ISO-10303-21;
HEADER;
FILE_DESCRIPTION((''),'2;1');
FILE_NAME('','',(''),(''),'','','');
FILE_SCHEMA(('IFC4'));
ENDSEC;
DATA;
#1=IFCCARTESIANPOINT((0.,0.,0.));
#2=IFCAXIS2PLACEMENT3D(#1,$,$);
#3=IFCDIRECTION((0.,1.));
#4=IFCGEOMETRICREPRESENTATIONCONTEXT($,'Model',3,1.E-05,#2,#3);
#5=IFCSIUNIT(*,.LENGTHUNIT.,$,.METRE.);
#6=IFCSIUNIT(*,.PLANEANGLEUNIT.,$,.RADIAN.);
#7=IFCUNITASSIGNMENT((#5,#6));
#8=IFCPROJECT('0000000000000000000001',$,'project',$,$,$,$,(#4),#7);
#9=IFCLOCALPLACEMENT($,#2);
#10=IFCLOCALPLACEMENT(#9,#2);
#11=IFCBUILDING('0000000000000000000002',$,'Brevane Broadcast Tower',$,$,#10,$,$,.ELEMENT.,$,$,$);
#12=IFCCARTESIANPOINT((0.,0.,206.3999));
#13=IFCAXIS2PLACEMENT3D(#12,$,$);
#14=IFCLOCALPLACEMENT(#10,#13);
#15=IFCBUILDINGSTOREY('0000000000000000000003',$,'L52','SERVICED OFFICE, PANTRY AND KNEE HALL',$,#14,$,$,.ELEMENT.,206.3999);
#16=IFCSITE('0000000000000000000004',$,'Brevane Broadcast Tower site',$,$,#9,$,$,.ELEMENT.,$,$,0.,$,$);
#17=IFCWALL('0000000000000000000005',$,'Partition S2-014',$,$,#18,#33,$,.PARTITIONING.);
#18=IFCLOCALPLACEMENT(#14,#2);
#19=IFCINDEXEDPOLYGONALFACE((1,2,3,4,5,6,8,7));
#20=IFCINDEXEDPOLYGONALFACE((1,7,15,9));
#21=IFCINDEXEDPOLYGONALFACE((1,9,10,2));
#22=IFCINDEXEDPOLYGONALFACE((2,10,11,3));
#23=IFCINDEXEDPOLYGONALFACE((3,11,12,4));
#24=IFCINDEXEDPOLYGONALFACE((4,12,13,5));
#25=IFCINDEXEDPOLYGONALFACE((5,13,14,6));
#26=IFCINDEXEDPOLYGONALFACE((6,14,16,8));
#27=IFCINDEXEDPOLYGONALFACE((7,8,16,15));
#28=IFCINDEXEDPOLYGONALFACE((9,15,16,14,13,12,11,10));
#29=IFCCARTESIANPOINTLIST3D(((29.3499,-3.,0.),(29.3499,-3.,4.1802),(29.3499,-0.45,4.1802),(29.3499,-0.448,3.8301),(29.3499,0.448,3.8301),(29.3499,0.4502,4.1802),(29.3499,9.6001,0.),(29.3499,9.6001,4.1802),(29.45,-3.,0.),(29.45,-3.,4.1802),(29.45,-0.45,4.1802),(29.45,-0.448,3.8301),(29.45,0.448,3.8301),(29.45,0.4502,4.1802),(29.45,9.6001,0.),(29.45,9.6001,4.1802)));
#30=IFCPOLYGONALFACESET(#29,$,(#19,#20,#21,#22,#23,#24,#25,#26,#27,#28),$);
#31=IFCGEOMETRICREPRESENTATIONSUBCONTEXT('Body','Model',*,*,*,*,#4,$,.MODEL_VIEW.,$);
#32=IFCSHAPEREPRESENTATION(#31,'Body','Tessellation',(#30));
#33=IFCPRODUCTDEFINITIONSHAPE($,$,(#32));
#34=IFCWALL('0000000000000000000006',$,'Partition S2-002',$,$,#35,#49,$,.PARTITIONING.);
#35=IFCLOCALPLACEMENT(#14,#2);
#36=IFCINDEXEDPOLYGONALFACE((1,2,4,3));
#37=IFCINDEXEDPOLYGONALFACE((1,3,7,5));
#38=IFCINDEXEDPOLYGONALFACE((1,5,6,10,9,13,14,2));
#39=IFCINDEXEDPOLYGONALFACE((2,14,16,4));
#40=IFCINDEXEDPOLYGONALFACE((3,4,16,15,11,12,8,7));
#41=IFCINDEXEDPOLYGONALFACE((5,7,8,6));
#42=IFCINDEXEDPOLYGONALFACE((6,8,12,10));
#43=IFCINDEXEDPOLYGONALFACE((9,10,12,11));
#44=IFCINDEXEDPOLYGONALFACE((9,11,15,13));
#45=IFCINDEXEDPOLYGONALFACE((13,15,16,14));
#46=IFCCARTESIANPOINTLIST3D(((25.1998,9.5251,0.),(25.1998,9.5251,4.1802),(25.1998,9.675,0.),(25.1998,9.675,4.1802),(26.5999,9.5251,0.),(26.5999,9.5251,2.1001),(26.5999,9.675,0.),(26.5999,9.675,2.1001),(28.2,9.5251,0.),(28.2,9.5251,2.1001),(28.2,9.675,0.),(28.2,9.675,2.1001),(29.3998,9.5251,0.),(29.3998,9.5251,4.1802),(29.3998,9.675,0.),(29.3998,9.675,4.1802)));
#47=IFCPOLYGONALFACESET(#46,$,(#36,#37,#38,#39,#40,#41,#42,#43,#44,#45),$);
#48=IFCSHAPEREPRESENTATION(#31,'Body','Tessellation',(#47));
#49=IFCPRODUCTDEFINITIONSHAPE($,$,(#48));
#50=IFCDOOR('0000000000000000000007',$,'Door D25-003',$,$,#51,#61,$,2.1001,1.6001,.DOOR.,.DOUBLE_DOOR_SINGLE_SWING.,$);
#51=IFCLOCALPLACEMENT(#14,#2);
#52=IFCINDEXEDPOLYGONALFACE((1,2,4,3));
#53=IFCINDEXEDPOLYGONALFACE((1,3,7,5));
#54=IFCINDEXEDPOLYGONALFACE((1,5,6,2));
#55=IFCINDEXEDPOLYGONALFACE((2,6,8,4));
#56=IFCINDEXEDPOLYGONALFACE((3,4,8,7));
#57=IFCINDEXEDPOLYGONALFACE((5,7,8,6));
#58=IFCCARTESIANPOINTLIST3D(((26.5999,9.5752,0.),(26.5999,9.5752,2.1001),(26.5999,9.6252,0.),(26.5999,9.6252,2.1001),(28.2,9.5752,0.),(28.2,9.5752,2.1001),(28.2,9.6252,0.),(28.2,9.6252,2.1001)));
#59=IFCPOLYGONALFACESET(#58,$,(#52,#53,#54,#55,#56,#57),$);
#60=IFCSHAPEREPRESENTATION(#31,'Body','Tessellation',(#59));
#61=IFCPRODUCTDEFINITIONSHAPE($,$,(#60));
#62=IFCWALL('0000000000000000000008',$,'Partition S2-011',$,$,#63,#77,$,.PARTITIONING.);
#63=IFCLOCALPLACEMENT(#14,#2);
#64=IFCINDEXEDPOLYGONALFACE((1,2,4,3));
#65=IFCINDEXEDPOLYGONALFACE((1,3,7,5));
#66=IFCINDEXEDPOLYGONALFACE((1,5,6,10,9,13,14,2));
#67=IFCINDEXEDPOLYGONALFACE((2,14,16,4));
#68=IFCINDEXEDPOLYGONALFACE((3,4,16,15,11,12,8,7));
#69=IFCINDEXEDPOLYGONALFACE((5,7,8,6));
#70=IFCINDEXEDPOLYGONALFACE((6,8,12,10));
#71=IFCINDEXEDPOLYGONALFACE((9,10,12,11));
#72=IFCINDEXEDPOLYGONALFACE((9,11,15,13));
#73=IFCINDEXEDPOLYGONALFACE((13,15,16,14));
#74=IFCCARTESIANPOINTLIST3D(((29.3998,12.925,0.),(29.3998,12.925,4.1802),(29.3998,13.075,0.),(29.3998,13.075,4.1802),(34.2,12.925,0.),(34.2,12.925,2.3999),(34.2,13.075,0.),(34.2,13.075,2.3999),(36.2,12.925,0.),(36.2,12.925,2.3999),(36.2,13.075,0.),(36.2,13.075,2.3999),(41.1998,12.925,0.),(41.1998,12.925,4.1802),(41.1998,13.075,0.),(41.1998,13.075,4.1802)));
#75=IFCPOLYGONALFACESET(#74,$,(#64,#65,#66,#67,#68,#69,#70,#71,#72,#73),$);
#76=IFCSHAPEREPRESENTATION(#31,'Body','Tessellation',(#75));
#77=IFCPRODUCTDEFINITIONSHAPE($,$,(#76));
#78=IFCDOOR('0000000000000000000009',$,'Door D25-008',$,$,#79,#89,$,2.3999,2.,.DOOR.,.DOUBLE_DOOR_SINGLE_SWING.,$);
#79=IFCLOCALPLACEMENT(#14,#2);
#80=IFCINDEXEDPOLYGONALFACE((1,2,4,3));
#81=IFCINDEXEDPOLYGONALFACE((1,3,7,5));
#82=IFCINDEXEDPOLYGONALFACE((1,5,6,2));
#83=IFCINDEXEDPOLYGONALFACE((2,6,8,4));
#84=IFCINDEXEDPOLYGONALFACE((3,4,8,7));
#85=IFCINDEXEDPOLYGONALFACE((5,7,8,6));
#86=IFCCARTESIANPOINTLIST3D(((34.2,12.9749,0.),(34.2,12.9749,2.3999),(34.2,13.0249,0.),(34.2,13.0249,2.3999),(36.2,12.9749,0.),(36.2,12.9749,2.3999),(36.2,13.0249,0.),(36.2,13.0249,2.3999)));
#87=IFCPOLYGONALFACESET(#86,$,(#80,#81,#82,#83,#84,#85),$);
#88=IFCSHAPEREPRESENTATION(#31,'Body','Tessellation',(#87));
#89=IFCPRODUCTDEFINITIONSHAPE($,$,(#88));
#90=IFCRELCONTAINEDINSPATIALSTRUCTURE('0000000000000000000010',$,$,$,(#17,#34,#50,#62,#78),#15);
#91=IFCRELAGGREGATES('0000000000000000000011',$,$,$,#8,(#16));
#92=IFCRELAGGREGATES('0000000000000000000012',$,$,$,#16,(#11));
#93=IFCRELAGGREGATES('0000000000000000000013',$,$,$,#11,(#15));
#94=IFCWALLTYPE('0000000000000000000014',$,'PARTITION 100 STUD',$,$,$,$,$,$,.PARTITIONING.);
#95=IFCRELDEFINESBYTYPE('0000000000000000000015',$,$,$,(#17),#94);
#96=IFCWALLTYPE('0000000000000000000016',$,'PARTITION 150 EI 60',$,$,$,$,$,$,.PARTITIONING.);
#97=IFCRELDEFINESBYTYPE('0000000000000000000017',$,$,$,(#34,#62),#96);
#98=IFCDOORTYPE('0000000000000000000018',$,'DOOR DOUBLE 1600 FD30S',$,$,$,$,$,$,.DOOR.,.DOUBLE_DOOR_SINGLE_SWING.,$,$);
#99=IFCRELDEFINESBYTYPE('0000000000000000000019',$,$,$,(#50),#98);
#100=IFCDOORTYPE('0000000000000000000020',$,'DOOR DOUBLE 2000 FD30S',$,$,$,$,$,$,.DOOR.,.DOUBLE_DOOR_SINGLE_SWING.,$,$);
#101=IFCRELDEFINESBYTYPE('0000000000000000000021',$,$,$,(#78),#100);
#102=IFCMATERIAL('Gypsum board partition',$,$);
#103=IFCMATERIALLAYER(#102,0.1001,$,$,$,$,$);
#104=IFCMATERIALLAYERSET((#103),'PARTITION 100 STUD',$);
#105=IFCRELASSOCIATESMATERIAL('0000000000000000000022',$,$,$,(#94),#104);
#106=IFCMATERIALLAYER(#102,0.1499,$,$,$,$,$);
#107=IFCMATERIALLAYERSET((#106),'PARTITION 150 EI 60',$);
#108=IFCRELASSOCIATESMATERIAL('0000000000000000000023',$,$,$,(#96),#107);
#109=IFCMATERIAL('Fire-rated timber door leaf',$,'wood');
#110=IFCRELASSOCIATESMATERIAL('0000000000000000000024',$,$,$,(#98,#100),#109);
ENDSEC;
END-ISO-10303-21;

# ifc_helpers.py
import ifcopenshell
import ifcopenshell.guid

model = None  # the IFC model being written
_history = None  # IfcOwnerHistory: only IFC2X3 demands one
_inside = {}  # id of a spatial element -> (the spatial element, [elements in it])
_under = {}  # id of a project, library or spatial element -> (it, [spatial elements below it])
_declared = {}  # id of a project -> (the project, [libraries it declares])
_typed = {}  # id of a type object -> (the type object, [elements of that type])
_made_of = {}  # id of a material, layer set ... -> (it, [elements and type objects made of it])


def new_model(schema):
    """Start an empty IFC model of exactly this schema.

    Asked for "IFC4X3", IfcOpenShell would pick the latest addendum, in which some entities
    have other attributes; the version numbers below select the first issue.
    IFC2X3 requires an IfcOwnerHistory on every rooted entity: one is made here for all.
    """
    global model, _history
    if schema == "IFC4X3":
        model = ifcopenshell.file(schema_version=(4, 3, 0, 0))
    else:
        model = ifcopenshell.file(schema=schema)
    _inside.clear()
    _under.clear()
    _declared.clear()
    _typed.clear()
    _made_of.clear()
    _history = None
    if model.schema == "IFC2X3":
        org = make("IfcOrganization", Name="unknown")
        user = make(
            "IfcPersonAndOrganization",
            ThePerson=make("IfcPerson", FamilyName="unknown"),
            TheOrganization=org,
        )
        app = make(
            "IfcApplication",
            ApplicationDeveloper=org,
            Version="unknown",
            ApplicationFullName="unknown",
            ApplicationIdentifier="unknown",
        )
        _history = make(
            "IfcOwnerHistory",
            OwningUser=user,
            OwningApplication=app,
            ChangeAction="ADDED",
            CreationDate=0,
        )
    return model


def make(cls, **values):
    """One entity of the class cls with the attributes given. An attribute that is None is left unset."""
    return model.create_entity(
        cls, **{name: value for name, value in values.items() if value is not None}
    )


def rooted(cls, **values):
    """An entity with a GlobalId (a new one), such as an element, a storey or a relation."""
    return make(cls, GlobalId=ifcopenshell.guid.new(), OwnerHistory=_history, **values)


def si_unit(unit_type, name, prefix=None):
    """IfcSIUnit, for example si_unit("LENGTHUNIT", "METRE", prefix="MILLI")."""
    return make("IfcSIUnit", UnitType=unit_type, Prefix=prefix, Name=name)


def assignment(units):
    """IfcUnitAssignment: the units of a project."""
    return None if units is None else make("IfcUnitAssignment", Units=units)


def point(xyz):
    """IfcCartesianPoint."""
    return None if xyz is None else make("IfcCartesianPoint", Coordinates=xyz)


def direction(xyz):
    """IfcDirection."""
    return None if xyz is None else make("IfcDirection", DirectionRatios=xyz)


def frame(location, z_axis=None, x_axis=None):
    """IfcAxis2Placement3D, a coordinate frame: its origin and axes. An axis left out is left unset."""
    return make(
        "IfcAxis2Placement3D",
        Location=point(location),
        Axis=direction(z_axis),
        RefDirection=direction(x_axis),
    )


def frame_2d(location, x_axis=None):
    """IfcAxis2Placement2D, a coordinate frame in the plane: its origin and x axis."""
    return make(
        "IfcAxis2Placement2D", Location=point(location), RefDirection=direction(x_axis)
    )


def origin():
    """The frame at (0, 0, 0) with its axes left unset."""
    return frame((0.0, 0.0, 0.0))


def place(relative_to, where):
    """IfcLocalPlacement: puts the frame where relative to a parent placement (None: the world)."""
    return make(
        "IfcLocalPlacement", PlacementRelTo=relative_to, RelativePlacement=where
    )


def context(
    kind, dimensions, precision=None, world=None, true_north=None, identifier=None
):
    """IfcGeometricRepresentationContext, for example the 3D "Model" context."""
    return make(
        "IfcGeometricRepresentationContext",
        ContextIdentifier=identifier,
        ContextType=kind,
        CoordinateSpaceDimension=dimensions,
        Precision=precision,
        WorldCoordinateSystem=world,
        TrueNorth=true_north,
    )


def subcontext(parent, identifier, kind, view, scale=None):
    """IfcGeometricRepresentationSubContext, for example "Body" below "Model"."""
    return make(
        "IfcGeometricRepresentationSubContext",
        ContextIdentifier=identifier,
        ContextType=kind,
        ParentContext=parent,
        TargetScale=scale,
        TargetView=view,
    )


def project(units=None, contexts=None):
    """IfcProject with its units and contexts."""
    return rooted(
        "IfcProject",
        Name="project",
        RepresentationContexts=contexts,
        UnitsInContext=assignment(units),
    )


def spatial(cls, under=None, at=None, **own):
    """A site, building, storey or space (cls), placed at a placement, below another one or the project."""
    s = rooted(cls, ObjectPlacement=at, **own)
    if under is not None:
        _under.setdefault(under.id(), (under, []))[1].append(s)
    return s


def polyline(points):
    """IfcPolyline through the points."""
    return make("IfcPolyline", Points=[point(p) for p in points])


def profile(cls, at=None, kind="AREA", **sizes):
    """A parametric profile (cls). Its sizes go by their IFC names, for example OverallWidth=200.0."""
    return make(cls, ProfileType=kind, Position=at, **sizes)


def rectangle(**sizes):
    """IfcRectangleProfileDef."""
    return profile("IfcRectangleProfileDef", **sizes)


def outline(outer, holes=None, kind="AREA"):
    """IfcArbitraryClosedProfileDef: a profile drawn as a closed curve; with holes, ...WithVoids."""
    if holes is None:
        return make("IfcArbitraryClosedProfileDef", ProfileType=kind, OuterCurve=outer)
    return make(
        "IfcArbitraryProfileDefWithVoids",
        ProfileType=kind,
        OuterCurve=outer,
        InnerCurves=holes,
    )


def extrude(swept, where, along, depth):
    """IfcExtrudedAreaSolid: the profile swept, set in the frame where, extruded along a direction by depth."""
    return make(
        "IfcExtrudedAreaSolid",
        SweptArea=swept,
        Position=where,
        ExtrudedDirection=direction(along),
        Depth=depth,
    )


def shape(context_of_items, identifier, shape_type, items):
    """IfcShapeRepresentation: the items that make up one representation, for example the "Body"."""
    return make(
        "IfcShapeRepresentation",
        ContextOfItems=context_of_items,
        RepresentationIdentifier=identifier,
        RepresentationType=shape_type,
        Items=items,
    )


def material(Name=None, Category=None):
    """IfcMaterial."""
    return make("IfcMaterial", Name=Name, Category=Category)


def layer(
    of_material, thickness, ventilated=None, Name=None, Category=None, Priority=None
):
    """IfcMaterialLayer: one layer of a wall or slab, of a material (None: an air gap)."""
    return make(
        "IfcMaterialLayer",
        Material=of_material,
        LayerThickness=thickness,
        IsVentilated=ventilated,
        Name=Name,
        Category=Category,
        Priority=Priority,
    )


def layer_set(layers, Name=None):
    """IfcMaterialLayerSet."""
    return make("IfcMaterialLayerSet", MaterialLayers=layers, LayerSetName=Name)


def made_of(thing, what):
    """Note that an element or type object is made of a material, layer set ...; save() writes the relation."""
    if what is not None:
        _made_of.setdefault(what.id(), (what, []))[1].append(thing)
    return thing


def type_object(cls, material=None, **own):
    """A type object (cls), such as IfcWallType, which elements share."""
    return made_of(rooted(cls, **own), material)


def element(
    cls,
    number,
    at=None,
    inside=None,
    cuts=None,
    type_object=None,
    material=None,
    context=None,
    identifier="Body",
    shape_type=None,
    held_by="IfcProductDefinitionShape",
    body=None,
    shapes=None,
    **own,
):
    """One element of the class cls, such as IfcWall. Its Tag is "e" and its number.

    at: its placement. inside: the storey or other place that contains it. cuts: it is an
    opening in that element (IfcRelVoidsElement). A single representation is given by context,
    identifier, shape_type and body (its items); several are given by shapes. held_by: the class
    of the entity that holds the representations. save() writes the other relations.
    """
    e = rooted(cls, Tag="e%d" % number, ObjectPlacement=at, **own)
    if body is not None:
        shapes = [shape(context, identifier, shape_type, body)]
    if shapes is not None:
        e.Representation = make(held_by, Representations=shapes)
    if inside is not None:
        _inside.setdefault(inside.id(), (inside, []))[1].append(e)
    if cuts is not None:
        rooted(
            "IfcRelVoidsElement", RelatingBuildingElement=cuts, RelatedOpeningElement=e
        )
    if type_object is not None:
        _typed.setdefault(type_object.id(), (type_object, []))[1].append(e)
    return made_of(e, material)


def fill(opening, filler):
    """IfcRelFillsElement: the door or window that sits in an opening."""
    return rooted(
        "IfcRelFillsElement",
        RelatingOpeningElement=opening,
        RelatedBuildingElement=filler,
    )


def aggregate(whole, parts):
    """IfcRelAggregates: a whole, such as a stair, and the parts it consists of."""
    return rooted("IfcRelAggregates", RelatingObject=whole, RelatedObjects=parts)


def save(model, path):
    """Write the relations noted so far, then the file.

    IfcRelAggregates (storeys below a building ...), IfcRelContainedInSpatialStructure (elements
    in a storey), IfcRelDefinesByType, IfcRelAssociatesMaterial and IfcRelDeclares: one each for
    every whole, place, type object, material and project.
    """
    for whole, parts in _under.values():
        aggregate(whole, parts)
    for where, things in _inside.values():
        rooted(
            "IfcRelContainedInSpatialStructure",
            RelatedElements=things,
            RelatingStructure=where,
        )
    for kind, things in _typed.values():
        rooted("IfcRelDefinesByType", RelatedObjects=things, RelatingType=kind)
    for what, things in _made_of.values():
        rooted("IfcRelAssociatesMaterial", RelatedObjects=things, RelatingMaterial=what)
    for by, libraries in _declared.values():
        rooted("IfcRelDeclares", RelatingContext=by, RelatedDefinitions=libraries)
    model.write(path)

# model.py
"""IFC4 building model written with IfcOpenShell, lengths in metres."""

from ifc_helpers import new_model, si_unit, direction, frame, frame_2d, origin, place, context, subcontext, project, spatial, polyline, rectangle, outline, extrude, material, layer, layer_set, type_object, element, fill, save


model = new_model("IFC4")

# Units and contexts
model_context = context("Model", 3, precision=1e-05, world=origin(), true_north=direction((0.0, 1.0)))
body_context = subcontext(model_context, "Body", "Model", "MODEL_VIEW")
ifc_project = project(units=[si_unit("LENGTHUNIT", "METRE"), si_unit("PLANEANGLEUNIT", "RADIAN")], contexts=[model_context])

# Site, building, storey
site_placement = place(None, origin())
site = spatial("IfcSite", under=ifc_project, at=site_placement, Name="Brevane Broadcast Tower site", CompositionType="ELEMENT", RefElevation=0.0)
building_placement = place(site_placement, origin())
building = spatial("IfcBuilding", under=site, at=building_placement, Name="Brevane Broadcast Tower", CompositionType="ELEMENT")
storey_placement = place(building_placement, frame((0.0, 0.0, 206.3999)))
storey = spatial("IfcBuildingStorey", under=building, at=storey_placement, Name="L52", Description="SERVICED OFFICE, PANTRY AND KNEE HALL", CompositionType="ELEMENT", Elevation=206.3999)

# Wall
ifc_material_1 = material(Name="Gypsum board partition")
ifc_layer_1 = layer(ifc_material_1, 0.1001)
ifc_layer_set_1 = layer_set([ifc_layer_1], Name="PARTITION 100 STUD")
wall_type_1 = type_object("IfcWallType", Name="PARTITION 100 STUD", PredefinedType="PARTITIONING", material=ifc_layer_set_1)
wall_1_placement = place(storey_placement, frame((29.3999, 9.6001, 0.0), z_axis=(0.0, 0.0, 1.0), x_axis=(0.0, -1.0, 0.0)))
element("IfcWall", 1, at=wall_1_placement, inside=storey, type_object=wall_type_1, Name="Partition S2-014", PredefinedType="PARTITIONING", context=body_context, shape_type="SweptSolid", body=[
    extrude(outline(polyline([(0.0, 0.0), (12.6001, 0.0), (12.6001, 4.1802), (10.05, 4.1802), (10.0481, 3.8301), (9.1521, 3.8301), (9.1499, 4.1802), (0.0, 4.1802), (0.0, 0.0)])), frame((0.0, 0.05, 0.0), z_axis=(0.0, -1.0, 0.0), x_axis=(1.0, 0.0, 0.0)), (0.0, 0.0, 1.0), 0.1001),
])

# Walls, openings, doors
ifc_layer_2 = layer(ifc_material_1, 0.1499)
ifc_layer_set_2 = layer_set([ifc_layer_2], Name="PARTITION 150 EI 60")
wall_type_2 = type_object("IfcWallType", Name="PARTITION 150 EI 60", PredefinedType="PARTITIONING", material=ifc_layer_set_2)
wall_2_placement = place(storey_placement, frame((29.3999, 9.6001, 0.0), z_axis=(0.0, 0.0, 1.0), x_axis=(-1.0, 0.0, 0.0)))
wall_2 = element("IfcWall", 2, at=wall_2_placement, inside=storey, type_object=wall_type_2, Name="Partition S2-002", PredefinedType="PARTITIONING", context=body_context, shape_type="SweptSolid", body=[
    extrude(rectangle(XDim=4.2, YDim=0.1499, at=frame_2d((2.1001, 0.0))), origin(), (0.0, 0.0, 1.0), 4.1802),
])
opening_1_placement = place(wall_2_placement, frame((1.2, 0.0, 0.0)))
opening_1 = element("IfcOpeningElement", 3, at=opening_1_placement, cuts=wall_2, PredefinedType="OPENING", context=body_context, shape_type="SweptSolid", body=[
    extrude(rectangle(XDim=1.6001, YDim=2.1001, at=frame_2d((0.8, 1.05))), frame((0.0, 0.085, 0.0), z_axis=(0.0, -1.0, 0.0), x_axis=(1.0, 0.0, 0.0)), (0.0, 0.0, 1.0), 0.1699),
])
ifc_material_2 = material(Name="Fire-rated timber door leaf", Category="wood")
door_type_1 = type_object("IfcDoorType", Name="DOOR DOUBLE 1600 FD30S", OperationType="DOUBLE_DOOR_SINGLE_SWING", PredefinedType="DOOR", material=ifc_material_2)
door_1_placement = place(opening_1_placement, origin())
door_1 = element("IfcDoor", 4, at=door_1_placement, inside=storey, type_object=door_type_1, Name="Door D25-003", OperationType="DOUBLE_DOOR_SINGLE_SWING", OverallHeight=2.1001, OverallWidth=1.6001, PredefinedType="DOOR", context=body_context, shape_type="SweptSolid", body=[
    extrude(rectangle(XDim=1.6001, YDim=2.1001, at=frame_2d((0.8, 1.05))), frame((0.0, 0.0249, 0.0), z_axis=(0.0, -1.0, 0.0), x_axis=(1.0, 0.0, 0.0)), (0.0, 0.0, 1.0), 0.05),
])
fill(opening_1, door_1)
wall_3_placement = place(storey_placement, frame((29.3999, 13.0, 0.0), z_axis=(0.0, 0.0, 1.0), x_axis=(1.0, 0.0, 0.0)))
wall_3 = element("IfcWall", 5, at=wall_3_placement, inside=storey, type_object=wall_type_2, Name="Partition S2-011", PredefinedType="PARTITIONING", context=body_context, shape_type="SweptSolid", body=[
    extrude(rectangle(XDim=11.8, YDim=0.1499, at=frame_2d((5.8999, 0.0))), origin(), (0.0, 0.0, 1.0), 4.1802),
])
opening_2_placement = place(wall_3_placement, frame((4.8, 0.0, 0.0)))
opening_2 = element("IfcOpeningElement", 6, at=opening_2_placement, cuts=wall_3, PredefinedType="OPENING", context=body_context, shape_type="SweptSolid", body=[
    extrude(rectangle(XDim=2.0, YDim=2.3999, at=frame_2d((1.0, 1.2))), frame((0.0, 0.085, 0.0), z_axis=(0.0, -1.0, 0.0), x_axis=(1.0, 0.0, 0.0)), (0.0, 0.0, 1.0), 0.1699),
])
door_type_2 = type_object("IfcDoorType", Name="DOOR DOUBLE 2000 FD30S", OperationType="DOUBLE_DOOR_SINGLE_SWING", PredefinedType="DOOR", material=ifc_material_2)
door_2_placement = place(opening_2_placement, origin())
door_2 = element("IfcDoor", 7, at=door_2_placement, inside=storey, type_object=door_type_2, Name="Door D25-008", OperationType="DOUBLE_DOOR_SINGLE_SWING", OverallHeight=2.3999, OverallWidth=2.0, PredefinedType="DOOR", context=body_context, shape_type="SweptSolid", body=[
    extrude(rectangle(XDim=2.0, YDim=2.3999, at=frame_2d((1.0, 1.2))), frame((0.0, 0.0249, 0.0), z_axis=(0.0, -1.0, 0.0), x_axis=(1.0, 0.0, 0.0)), (0.0, 0.0, 1.0), 0.05),
])
fill(opening_2, door_2)

save(model, "model.ifc")
